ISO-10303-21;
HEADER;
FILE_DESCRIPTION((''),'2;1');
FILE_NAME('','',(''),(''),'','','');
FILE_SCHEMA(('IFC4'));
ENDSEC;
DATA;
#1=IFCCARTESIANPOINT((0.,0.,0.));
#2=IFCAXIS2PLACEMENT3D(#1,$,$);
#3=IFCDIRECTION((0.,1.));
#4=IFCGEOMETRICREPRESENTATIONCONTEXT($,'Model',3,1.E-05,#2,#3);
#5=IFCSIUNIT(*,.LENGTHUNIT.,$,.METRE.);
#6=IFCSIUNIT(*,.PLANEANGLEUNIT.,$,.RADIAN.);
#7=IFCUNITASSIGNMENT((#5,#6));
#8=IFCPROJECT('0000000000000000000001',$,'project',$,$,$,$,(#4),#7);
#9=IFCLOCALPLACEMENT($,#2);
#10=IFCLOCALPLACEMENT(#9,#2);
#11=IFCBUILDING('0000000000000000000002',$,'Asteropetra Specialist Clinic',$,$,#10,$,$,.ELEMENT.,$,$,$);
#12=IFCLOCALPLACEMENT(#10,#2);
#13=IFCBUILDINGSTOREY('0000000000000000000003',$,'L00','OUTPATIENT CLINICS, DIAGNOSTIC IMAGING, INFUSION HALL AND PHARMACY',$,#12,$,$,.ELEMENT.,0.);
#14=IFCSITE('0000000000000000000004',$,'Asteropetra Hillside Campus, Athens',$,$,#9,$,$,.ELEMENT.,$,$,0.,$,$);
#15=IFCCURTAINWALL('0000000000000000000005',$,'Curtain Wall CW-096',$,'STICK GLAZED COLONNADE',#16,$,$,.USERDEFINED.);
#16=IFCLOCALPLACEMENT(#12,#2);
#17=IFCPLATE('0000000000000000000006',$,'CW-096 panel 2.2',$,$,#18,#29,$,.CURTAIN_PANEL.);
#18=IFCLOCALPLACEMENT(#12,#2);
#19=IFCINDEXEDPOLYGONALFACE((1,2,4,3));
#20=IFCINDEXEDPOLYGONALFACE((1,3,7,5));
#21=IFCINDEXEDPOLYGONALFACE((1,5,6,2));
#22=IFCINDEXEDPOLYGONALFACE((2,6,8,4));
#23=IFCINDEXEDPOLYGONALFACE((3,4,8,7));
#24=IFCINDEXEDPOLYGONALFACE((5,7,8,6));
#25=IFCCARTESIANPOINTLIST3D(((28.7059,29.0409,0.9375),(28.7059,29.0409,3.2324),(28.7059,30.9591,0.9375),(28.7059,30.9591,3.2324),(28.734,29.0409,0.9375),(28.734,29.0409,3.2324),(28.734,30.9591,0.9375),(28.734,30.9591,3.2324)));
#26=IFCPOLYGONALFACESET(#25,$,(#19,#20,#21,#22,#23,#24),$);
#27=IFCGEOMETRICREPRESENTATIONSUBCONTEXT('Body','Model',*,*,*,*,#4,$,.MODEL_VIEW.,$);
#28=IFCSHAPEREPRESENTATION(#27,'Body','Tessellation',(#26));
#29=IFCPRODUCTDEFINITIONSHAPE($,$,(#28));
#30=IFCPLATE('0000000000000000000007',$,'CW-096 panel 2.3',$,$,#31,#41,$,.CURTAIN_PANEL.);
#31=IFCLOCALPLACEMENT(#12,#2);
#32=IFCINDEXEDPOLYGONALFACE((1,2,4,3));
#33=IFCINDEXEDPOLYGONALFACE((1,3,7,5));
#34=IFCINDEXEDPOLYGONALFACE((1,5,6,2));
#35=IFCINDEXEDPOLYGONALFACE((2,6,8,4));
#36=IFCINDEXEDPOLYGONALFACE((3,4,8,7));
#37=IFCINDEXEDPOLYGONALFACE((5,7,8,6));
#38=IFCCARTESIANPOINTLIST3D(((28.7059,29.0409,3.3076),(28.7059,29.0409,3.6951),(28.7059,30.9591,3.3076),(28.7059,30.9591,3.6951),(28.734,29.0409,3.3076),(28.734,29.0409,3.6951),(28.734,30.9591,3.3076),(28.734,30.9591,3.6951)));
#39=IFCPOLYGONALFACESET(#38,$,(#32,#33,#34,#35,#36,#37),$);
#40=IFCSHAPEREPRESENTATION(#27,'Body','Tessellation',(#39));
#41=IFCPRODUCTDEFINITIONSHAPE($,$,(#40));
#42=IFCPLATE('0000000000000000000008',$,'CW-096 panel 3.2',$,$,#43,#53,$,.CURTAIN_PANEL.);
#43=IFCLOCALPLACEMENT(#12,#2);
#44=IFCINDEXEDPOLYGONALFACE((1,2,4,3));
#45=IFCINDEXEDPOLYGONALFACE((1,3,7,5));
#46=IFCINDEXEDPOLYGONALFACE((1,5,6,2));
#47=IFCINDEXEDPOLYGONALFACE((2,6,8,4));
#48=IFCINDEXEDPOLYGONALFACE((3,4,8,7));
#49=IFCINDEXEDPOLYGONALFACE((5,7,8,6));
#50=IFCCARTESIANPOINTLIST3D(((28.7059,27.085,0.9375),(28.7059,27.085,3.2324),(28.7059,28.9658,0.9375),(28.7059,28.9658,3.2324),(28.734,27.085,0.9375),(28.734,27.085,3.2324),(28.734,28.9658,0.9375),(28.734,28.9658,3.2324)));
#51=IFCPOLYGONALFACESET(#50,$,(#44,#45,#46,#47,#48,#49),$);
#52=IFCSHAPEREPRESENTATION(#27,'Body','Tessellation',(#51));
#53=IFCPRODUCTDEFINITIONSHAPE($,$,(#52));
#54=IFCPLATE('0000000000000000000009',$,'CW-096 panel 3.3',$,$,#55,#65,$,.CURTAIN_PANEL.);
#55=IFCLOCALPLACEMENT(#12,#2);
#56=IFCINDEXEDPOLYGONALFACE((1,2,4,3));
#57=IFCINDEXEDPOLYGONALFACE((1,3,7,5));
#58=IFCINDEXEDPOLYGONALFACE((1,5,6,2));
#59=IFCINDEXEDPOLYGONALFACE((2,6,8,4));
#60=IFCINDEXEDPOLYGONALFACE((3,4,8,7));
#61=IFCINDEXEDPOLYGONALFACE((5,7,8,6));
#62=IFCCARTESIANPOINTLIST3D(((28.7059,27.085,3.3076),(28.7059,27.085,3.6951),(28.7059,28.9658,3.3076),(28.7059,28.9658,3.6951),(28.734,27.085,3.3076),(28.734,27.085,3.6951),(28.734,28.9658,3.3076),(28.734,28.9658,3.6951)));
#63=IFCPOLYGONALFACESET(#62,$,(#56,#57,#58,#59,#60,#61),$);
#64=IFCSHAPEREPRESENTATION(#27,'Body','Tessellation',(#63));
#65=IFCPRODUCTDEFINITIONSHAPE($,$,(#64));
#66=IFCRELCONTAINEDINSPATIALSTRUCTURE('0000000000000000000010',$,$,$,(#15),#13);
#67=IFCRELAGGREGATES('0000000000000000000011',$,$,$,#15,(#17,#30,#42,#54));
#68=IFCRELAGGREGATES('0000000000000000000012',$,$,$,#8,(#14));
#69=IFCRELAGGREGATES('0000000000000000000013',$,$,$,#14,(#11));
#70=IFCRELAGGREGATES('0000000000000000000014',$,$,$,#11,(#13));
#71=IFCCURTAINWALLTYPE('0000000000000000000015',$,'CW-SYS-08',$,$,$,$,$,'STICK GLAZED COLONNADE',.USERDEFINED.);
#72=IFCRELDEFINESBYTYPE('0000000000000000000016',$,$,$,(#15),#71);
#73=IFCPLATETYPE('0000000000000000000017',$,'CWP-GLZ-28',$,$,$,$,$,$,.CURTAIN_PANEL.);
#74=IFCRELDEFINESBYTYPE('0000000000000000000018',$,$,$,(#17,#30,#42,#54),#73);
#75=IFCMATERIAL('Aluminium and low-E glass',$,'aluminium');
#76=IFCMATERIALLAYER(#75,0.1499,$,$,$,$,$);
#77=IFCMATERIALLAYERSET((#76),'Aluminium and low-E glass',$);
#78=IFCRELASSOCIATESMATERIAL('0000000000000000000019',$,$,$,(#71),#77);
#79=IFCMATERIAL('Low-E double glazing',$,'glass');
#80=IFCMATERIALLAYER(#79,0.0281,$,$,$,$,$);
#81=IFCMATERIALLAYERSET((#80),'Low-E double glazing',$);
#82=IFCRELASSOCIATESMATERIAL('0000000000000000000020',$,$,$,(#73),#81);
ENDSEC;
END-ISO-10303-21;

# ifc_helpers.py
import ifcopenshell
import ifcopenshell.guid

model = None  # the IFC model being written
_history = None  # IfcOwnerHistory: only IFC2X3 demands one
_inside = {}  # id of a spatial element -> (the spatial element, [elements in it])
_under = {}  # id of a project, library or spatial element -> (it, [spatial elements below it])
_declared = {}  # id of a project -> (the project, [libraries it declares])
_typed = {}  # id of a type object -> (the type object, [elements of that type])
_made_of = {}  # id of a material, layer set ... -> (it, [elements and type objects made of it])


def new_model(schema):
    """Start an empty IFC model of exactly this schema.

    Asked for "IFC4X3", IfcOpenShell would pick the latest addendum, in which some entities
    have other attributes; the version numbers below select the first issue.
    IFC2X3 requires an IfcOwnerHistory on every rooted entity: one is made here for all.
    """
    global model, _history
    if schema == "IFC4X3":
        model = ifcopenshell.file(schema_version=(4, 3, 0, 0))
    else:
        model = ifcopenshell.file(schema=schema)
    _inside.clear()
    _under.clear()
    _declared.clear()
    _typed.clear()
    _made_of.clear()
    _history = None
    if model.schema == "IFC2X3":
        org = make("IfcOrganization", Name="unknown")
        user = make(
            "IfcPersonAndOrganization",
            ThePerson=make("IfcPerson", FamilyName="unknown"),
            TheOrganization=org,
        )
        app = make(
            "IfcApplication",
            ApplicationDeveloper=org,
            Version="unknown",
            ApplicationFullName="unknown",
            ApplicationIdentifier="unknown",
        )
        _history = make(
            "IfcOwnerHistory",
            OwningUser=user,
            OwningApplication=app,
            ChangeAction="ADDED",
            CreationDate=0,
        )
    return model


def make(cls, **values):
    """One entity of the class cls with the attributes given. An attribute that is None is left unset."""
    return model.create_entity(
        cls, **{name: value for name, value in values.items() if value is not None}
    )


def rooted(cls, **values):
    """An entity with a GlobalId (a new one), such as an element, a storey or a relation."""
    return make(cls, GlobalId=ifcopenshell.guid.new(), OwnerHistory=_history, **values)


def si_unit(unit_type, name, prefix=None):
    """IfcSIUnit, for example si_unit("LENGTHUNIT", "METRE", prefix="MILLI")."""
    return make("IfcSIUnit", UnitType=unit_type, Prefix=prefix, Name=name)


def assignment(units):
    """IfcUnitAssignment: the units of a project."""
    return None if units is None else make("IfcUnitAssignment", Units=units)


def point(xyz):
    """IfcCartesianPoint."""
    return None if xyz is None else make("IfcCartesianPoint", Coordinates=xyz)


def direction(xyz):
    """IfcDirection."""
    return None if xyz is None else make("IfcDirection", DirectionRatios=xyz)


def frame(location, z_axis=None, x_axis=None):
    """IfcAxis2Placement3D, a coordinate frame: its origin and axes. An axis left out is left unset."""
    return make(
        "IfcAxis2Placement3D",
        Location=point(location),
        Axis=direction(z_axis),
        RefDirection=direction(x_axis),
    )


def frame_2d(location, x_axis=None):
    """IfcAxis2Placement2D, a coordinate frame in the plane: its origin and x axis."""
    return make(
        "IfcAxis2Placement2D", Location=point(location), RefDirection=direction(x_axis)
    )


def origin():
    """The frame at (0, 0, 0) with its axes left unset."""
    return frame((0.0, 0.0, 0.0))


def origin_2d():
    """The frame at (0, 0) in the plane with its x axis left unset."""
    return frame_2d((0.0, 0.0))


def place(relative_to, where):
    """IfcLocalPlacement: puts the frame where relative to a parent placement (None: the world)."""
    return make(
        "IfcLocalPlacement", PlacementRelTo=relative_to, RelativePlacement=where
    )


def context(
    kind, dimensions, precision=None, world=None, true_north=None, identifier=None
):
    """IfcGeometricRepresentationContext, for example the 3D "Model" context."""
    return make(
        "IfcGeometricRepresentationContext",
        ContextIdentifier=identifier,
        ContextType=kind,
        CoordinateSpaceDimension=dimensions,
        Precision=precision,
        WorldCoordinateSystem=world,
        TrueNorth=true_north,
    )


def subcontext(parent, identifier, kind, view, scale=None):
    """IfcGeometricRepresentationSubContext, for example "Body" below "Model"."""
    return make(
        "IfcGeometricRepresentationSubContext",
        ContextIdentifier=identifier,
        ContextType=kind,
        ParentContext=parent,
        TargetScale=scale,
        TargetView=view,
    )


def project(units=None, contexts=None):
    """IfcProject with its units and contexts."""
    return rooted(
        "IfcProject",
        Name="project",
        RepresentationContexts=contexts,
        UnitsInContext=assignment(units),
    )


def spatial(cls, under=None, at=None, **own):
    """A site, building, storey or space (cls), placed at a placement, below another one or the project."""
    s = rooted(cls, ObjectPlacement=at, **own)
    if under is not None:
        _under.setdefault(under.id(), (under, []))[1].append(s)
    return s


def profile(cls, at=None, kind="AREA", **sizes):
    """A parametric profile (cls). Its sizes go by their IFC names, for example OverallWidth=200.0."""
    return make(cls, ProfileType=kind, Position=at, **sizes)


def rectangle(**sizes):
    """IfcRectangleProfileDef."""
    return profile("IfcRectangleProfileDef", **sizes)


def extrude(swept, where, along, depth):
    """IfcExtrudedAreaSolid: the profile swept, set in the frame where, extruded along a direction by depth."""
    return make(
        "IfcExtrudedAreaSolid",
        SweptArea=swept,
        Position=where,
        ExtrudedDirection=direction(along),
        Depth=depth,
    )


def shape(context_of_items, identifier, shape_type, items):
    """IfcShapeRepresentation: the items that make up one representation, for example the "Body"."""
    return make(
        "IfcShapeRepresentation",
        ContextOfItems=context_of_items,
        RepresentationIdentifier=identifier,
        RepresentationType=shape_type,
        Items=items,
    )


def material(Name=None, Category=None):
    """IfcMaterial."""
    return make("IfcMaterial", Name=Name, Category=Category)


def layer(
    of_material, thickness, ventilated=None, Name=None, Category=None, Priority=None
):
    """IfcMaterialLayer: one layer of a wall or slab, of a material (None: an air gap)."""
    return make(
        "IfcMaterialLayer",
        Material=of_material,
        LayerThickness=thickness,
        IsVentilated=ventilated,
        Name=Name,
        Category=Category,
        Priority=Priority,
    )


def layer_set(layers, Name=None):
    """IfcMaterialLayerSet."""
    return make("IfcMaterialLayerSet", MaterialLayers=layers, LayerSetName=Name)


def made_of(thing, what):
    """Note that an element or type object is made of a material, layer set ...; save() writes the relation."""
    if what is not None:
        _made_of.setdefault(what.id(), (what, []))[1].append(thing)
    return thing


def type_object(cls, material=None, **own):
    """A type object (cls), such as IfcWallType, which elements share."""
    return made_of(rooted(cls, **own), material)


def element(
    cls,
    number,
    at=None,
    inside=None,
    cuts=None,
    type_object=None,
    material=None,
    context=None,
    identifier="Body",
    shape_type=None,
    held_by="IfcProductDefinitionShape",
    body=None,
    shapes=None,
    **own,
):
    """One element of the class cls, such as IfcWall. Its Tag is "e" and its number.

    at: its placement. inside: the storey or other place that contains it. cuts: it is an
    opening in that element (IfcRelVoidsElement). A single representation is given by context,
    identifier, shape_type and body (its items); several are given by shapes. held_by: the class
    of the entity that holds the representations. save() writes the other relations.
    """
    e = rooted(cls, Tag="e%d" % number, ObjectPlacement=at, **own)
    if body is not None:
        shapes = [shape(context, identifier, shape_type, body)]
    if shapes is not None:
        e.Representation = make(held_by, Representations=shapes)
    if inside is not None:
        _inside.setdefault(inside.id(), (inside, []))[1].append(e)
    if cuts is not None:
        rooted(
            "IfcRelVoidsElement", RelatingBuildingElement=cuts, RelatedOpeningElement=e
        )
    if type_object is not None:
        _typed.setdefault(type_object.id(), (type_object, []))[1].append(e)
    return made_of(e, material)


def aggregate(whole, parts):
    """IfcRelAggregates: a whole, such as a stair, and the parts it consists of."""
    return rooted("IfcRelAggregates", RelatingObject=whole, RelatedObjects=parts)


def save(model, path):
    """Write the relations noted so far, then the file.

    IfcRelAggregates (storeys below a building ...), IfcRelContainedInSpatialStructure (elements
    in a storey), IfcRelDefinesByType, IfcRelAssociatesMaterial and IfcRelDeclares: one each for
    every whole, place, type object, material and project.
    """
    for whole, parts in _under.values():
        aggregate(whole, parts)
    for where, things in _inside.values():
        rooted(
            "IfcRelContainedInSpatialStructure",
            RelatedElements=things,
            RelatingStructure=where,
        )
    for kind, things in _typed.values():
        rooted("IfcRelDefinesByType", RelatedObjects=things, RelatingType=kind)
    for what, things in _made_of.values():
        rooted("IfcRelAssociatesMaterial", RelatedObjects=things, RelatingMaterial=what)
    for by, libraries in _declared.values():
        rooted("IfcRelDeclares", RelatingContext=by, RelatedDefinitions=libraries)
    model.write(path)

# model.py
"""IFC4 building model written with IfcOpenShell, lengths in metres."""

from ifc_helpers import new_model, si_unit, direction, frame, origin, origin_2d, place, context, subcontext, project, spatial, rectangle, extrude, material, layer, layer_set, type_object, element, aggregate, save


model = new_model("IFC4")

# Units and contexts
model_context = context("Model", 3, precision=1e-05, world=origin(), true_north=direction((0.0, 1.0)))
body_context = subcontext(model_context, "Body", "Model", "MODEL_VIEW")
ifc_project = project(units=[si_unit("LENGTHUNIT", "METRE"), si_unit("PLANEANGLEUNIT", "RADIAN")], contexts=[model_context])

# Site, building, storey
site_placement = place(None, origin())
site = spatial("IfcSite", under=ifc_project, at=site_placement, Name="Asteropetra Hillside Campus, Athens", CompositionType="ELEMENT", RefElevation=0.0)
building_placement = place(site_placement, origin())
building = spatial("IfcBuilding", under=site, at=building_placement, Name="Asteropetra Specialist Clinic", CompositionType="ELEMENT")
storey_placement = place(building_placement, origin())
storey = spatial("IfcBuildingStorey", under=building, at=storey_placement, Name="L00", Description="OUTPATIENT CLINICS, DIAGNOSTIC IMAGING, INFUSION HALL AND PHARMACY", CompositionType="ELEMENT", Elevation=0.0)

# Curtain wall, plates
ifc_material_1 = material(Name="Aluminium and low-E glass", Category="aluminium")
ifc_layer_1 = layer(ifc_material_1, 0.1499)
ifc_layer_set_1 = layer_set([ifc_layer_1], Name="Aluminium and low-E glass")
curtain_wall_type = type_object("IfcCurtainWallType", Name="CW-SYS-08", ElementType="STICK GLAZED COLONNADE", PredefinedType="USERDEFINED", material=ifc_layer_set_1)
curtain_wall_placement = place(storey_placement, origin())
curtain_wall = element("IfcCurtainWall", 1, at=curtain_wall_placement, inside=storey, type_object=curtain_wall_type, Name="Curtain Wall CW-096", ObjectType="STICK GLAZED COLONNADE", PredefinedType="USERDEFINED")
ifc_material_2 = material(Name="Low-E double glazing", Category="glass")
ifc_layer_2 = layer(ifc_material_2, 0.0281)
ifc_layer_set_2 = layer_set([ifc_layer_2], Name="Low-E double glazing")
plate_type = type_object("IfcPlateType", Name="CWP-GLZ-28", PredefinedType="CURTAIN_PANEL", material=ifc_layer_set_2)
plate_1_placement = place(storey_placement, frame((28.72, 30.0, 0.9375), z_axis=(0.0, 0.0, 1.0), x_axis=(0.0, -1.0, 0.0)))
plate_1 = element("IfcPlate", 2, at=plate_1_placement, type_object=plate_type, Name="CW-096 panel 2.2", PredefinedType="CURTAIN_PANEL", context=body_context, shape_type="SweptSolid", body=[
    extrude(rectangle(XDim=1.9182, YDim=0.0281, at=origin_2d()), origin(), (0.0, 0.0, 1.0), 2.2949),
])
plate_2_placement = place(storey_placement, frame((28.72, 30.0, 3.3076), z_axis=(0.0, 0.0, 1.0), x_axis=(0.0, -1.0, 0.0)))
plate_2 = element("IfcPlate", 3, at=plate_2_placement, type_object=plate_type, Name="CW-096 panel 2.3", PredefinedType="CURTAIN_PANEL", context=body_context, shape_type="SweptSolid", body=[
    extrude(rectangle(XDim=1.9182, YDim=0.0281, at=origin_2d()), origin(), (0.0, 0.0, 1.0), 0.3875),
])
plate_3_placement = place(storey_placement, frame((28.72, 28.0254, 0.9375), z_axis=(0.0, 0.0, 1.0), x_axis=(0.0, -1.0, 0.0)))
plate_3 = element("IfcPlate", 4, at=plate_3_placement, type_object=plate_type, Name="CW-096 panel 3.2", PredefinedType="CURTAIN_PANEL", context=body_context, shape_type="SweptSolid", body=[
    extrude(rectangle(XDim=1.8809, YDim=0.0281, at=origin_2d()), origin(), (0.0, 0.0, 1.0), 2.2949),
])
plate_4_placement = place(storey_placement, frame((28.72, 28.0254, 3.3076), z_axis=(0.0, 0.0, 1.0), x_axis=(0.0, -1.0, 0.0)))
plate_4 = element("IfcPlate", 5, at=plate_4_placement, type_object=plate_type, Name="CW-096 panel 3.3", PredefinedType="CURTAIN_PANEL", context=body_context, shape_type="SweptSolid", body=[
    extrude(rectangle(XDim=1.8809, YDim=0.0281, at=origin_2d()), origin(), (0.0, 0.0, 1.0), 0.3875),
])
aggregate(curtain_wall, [plate_1, plate_2, plate_3, plate_4])

save(model, "model.ifc")
